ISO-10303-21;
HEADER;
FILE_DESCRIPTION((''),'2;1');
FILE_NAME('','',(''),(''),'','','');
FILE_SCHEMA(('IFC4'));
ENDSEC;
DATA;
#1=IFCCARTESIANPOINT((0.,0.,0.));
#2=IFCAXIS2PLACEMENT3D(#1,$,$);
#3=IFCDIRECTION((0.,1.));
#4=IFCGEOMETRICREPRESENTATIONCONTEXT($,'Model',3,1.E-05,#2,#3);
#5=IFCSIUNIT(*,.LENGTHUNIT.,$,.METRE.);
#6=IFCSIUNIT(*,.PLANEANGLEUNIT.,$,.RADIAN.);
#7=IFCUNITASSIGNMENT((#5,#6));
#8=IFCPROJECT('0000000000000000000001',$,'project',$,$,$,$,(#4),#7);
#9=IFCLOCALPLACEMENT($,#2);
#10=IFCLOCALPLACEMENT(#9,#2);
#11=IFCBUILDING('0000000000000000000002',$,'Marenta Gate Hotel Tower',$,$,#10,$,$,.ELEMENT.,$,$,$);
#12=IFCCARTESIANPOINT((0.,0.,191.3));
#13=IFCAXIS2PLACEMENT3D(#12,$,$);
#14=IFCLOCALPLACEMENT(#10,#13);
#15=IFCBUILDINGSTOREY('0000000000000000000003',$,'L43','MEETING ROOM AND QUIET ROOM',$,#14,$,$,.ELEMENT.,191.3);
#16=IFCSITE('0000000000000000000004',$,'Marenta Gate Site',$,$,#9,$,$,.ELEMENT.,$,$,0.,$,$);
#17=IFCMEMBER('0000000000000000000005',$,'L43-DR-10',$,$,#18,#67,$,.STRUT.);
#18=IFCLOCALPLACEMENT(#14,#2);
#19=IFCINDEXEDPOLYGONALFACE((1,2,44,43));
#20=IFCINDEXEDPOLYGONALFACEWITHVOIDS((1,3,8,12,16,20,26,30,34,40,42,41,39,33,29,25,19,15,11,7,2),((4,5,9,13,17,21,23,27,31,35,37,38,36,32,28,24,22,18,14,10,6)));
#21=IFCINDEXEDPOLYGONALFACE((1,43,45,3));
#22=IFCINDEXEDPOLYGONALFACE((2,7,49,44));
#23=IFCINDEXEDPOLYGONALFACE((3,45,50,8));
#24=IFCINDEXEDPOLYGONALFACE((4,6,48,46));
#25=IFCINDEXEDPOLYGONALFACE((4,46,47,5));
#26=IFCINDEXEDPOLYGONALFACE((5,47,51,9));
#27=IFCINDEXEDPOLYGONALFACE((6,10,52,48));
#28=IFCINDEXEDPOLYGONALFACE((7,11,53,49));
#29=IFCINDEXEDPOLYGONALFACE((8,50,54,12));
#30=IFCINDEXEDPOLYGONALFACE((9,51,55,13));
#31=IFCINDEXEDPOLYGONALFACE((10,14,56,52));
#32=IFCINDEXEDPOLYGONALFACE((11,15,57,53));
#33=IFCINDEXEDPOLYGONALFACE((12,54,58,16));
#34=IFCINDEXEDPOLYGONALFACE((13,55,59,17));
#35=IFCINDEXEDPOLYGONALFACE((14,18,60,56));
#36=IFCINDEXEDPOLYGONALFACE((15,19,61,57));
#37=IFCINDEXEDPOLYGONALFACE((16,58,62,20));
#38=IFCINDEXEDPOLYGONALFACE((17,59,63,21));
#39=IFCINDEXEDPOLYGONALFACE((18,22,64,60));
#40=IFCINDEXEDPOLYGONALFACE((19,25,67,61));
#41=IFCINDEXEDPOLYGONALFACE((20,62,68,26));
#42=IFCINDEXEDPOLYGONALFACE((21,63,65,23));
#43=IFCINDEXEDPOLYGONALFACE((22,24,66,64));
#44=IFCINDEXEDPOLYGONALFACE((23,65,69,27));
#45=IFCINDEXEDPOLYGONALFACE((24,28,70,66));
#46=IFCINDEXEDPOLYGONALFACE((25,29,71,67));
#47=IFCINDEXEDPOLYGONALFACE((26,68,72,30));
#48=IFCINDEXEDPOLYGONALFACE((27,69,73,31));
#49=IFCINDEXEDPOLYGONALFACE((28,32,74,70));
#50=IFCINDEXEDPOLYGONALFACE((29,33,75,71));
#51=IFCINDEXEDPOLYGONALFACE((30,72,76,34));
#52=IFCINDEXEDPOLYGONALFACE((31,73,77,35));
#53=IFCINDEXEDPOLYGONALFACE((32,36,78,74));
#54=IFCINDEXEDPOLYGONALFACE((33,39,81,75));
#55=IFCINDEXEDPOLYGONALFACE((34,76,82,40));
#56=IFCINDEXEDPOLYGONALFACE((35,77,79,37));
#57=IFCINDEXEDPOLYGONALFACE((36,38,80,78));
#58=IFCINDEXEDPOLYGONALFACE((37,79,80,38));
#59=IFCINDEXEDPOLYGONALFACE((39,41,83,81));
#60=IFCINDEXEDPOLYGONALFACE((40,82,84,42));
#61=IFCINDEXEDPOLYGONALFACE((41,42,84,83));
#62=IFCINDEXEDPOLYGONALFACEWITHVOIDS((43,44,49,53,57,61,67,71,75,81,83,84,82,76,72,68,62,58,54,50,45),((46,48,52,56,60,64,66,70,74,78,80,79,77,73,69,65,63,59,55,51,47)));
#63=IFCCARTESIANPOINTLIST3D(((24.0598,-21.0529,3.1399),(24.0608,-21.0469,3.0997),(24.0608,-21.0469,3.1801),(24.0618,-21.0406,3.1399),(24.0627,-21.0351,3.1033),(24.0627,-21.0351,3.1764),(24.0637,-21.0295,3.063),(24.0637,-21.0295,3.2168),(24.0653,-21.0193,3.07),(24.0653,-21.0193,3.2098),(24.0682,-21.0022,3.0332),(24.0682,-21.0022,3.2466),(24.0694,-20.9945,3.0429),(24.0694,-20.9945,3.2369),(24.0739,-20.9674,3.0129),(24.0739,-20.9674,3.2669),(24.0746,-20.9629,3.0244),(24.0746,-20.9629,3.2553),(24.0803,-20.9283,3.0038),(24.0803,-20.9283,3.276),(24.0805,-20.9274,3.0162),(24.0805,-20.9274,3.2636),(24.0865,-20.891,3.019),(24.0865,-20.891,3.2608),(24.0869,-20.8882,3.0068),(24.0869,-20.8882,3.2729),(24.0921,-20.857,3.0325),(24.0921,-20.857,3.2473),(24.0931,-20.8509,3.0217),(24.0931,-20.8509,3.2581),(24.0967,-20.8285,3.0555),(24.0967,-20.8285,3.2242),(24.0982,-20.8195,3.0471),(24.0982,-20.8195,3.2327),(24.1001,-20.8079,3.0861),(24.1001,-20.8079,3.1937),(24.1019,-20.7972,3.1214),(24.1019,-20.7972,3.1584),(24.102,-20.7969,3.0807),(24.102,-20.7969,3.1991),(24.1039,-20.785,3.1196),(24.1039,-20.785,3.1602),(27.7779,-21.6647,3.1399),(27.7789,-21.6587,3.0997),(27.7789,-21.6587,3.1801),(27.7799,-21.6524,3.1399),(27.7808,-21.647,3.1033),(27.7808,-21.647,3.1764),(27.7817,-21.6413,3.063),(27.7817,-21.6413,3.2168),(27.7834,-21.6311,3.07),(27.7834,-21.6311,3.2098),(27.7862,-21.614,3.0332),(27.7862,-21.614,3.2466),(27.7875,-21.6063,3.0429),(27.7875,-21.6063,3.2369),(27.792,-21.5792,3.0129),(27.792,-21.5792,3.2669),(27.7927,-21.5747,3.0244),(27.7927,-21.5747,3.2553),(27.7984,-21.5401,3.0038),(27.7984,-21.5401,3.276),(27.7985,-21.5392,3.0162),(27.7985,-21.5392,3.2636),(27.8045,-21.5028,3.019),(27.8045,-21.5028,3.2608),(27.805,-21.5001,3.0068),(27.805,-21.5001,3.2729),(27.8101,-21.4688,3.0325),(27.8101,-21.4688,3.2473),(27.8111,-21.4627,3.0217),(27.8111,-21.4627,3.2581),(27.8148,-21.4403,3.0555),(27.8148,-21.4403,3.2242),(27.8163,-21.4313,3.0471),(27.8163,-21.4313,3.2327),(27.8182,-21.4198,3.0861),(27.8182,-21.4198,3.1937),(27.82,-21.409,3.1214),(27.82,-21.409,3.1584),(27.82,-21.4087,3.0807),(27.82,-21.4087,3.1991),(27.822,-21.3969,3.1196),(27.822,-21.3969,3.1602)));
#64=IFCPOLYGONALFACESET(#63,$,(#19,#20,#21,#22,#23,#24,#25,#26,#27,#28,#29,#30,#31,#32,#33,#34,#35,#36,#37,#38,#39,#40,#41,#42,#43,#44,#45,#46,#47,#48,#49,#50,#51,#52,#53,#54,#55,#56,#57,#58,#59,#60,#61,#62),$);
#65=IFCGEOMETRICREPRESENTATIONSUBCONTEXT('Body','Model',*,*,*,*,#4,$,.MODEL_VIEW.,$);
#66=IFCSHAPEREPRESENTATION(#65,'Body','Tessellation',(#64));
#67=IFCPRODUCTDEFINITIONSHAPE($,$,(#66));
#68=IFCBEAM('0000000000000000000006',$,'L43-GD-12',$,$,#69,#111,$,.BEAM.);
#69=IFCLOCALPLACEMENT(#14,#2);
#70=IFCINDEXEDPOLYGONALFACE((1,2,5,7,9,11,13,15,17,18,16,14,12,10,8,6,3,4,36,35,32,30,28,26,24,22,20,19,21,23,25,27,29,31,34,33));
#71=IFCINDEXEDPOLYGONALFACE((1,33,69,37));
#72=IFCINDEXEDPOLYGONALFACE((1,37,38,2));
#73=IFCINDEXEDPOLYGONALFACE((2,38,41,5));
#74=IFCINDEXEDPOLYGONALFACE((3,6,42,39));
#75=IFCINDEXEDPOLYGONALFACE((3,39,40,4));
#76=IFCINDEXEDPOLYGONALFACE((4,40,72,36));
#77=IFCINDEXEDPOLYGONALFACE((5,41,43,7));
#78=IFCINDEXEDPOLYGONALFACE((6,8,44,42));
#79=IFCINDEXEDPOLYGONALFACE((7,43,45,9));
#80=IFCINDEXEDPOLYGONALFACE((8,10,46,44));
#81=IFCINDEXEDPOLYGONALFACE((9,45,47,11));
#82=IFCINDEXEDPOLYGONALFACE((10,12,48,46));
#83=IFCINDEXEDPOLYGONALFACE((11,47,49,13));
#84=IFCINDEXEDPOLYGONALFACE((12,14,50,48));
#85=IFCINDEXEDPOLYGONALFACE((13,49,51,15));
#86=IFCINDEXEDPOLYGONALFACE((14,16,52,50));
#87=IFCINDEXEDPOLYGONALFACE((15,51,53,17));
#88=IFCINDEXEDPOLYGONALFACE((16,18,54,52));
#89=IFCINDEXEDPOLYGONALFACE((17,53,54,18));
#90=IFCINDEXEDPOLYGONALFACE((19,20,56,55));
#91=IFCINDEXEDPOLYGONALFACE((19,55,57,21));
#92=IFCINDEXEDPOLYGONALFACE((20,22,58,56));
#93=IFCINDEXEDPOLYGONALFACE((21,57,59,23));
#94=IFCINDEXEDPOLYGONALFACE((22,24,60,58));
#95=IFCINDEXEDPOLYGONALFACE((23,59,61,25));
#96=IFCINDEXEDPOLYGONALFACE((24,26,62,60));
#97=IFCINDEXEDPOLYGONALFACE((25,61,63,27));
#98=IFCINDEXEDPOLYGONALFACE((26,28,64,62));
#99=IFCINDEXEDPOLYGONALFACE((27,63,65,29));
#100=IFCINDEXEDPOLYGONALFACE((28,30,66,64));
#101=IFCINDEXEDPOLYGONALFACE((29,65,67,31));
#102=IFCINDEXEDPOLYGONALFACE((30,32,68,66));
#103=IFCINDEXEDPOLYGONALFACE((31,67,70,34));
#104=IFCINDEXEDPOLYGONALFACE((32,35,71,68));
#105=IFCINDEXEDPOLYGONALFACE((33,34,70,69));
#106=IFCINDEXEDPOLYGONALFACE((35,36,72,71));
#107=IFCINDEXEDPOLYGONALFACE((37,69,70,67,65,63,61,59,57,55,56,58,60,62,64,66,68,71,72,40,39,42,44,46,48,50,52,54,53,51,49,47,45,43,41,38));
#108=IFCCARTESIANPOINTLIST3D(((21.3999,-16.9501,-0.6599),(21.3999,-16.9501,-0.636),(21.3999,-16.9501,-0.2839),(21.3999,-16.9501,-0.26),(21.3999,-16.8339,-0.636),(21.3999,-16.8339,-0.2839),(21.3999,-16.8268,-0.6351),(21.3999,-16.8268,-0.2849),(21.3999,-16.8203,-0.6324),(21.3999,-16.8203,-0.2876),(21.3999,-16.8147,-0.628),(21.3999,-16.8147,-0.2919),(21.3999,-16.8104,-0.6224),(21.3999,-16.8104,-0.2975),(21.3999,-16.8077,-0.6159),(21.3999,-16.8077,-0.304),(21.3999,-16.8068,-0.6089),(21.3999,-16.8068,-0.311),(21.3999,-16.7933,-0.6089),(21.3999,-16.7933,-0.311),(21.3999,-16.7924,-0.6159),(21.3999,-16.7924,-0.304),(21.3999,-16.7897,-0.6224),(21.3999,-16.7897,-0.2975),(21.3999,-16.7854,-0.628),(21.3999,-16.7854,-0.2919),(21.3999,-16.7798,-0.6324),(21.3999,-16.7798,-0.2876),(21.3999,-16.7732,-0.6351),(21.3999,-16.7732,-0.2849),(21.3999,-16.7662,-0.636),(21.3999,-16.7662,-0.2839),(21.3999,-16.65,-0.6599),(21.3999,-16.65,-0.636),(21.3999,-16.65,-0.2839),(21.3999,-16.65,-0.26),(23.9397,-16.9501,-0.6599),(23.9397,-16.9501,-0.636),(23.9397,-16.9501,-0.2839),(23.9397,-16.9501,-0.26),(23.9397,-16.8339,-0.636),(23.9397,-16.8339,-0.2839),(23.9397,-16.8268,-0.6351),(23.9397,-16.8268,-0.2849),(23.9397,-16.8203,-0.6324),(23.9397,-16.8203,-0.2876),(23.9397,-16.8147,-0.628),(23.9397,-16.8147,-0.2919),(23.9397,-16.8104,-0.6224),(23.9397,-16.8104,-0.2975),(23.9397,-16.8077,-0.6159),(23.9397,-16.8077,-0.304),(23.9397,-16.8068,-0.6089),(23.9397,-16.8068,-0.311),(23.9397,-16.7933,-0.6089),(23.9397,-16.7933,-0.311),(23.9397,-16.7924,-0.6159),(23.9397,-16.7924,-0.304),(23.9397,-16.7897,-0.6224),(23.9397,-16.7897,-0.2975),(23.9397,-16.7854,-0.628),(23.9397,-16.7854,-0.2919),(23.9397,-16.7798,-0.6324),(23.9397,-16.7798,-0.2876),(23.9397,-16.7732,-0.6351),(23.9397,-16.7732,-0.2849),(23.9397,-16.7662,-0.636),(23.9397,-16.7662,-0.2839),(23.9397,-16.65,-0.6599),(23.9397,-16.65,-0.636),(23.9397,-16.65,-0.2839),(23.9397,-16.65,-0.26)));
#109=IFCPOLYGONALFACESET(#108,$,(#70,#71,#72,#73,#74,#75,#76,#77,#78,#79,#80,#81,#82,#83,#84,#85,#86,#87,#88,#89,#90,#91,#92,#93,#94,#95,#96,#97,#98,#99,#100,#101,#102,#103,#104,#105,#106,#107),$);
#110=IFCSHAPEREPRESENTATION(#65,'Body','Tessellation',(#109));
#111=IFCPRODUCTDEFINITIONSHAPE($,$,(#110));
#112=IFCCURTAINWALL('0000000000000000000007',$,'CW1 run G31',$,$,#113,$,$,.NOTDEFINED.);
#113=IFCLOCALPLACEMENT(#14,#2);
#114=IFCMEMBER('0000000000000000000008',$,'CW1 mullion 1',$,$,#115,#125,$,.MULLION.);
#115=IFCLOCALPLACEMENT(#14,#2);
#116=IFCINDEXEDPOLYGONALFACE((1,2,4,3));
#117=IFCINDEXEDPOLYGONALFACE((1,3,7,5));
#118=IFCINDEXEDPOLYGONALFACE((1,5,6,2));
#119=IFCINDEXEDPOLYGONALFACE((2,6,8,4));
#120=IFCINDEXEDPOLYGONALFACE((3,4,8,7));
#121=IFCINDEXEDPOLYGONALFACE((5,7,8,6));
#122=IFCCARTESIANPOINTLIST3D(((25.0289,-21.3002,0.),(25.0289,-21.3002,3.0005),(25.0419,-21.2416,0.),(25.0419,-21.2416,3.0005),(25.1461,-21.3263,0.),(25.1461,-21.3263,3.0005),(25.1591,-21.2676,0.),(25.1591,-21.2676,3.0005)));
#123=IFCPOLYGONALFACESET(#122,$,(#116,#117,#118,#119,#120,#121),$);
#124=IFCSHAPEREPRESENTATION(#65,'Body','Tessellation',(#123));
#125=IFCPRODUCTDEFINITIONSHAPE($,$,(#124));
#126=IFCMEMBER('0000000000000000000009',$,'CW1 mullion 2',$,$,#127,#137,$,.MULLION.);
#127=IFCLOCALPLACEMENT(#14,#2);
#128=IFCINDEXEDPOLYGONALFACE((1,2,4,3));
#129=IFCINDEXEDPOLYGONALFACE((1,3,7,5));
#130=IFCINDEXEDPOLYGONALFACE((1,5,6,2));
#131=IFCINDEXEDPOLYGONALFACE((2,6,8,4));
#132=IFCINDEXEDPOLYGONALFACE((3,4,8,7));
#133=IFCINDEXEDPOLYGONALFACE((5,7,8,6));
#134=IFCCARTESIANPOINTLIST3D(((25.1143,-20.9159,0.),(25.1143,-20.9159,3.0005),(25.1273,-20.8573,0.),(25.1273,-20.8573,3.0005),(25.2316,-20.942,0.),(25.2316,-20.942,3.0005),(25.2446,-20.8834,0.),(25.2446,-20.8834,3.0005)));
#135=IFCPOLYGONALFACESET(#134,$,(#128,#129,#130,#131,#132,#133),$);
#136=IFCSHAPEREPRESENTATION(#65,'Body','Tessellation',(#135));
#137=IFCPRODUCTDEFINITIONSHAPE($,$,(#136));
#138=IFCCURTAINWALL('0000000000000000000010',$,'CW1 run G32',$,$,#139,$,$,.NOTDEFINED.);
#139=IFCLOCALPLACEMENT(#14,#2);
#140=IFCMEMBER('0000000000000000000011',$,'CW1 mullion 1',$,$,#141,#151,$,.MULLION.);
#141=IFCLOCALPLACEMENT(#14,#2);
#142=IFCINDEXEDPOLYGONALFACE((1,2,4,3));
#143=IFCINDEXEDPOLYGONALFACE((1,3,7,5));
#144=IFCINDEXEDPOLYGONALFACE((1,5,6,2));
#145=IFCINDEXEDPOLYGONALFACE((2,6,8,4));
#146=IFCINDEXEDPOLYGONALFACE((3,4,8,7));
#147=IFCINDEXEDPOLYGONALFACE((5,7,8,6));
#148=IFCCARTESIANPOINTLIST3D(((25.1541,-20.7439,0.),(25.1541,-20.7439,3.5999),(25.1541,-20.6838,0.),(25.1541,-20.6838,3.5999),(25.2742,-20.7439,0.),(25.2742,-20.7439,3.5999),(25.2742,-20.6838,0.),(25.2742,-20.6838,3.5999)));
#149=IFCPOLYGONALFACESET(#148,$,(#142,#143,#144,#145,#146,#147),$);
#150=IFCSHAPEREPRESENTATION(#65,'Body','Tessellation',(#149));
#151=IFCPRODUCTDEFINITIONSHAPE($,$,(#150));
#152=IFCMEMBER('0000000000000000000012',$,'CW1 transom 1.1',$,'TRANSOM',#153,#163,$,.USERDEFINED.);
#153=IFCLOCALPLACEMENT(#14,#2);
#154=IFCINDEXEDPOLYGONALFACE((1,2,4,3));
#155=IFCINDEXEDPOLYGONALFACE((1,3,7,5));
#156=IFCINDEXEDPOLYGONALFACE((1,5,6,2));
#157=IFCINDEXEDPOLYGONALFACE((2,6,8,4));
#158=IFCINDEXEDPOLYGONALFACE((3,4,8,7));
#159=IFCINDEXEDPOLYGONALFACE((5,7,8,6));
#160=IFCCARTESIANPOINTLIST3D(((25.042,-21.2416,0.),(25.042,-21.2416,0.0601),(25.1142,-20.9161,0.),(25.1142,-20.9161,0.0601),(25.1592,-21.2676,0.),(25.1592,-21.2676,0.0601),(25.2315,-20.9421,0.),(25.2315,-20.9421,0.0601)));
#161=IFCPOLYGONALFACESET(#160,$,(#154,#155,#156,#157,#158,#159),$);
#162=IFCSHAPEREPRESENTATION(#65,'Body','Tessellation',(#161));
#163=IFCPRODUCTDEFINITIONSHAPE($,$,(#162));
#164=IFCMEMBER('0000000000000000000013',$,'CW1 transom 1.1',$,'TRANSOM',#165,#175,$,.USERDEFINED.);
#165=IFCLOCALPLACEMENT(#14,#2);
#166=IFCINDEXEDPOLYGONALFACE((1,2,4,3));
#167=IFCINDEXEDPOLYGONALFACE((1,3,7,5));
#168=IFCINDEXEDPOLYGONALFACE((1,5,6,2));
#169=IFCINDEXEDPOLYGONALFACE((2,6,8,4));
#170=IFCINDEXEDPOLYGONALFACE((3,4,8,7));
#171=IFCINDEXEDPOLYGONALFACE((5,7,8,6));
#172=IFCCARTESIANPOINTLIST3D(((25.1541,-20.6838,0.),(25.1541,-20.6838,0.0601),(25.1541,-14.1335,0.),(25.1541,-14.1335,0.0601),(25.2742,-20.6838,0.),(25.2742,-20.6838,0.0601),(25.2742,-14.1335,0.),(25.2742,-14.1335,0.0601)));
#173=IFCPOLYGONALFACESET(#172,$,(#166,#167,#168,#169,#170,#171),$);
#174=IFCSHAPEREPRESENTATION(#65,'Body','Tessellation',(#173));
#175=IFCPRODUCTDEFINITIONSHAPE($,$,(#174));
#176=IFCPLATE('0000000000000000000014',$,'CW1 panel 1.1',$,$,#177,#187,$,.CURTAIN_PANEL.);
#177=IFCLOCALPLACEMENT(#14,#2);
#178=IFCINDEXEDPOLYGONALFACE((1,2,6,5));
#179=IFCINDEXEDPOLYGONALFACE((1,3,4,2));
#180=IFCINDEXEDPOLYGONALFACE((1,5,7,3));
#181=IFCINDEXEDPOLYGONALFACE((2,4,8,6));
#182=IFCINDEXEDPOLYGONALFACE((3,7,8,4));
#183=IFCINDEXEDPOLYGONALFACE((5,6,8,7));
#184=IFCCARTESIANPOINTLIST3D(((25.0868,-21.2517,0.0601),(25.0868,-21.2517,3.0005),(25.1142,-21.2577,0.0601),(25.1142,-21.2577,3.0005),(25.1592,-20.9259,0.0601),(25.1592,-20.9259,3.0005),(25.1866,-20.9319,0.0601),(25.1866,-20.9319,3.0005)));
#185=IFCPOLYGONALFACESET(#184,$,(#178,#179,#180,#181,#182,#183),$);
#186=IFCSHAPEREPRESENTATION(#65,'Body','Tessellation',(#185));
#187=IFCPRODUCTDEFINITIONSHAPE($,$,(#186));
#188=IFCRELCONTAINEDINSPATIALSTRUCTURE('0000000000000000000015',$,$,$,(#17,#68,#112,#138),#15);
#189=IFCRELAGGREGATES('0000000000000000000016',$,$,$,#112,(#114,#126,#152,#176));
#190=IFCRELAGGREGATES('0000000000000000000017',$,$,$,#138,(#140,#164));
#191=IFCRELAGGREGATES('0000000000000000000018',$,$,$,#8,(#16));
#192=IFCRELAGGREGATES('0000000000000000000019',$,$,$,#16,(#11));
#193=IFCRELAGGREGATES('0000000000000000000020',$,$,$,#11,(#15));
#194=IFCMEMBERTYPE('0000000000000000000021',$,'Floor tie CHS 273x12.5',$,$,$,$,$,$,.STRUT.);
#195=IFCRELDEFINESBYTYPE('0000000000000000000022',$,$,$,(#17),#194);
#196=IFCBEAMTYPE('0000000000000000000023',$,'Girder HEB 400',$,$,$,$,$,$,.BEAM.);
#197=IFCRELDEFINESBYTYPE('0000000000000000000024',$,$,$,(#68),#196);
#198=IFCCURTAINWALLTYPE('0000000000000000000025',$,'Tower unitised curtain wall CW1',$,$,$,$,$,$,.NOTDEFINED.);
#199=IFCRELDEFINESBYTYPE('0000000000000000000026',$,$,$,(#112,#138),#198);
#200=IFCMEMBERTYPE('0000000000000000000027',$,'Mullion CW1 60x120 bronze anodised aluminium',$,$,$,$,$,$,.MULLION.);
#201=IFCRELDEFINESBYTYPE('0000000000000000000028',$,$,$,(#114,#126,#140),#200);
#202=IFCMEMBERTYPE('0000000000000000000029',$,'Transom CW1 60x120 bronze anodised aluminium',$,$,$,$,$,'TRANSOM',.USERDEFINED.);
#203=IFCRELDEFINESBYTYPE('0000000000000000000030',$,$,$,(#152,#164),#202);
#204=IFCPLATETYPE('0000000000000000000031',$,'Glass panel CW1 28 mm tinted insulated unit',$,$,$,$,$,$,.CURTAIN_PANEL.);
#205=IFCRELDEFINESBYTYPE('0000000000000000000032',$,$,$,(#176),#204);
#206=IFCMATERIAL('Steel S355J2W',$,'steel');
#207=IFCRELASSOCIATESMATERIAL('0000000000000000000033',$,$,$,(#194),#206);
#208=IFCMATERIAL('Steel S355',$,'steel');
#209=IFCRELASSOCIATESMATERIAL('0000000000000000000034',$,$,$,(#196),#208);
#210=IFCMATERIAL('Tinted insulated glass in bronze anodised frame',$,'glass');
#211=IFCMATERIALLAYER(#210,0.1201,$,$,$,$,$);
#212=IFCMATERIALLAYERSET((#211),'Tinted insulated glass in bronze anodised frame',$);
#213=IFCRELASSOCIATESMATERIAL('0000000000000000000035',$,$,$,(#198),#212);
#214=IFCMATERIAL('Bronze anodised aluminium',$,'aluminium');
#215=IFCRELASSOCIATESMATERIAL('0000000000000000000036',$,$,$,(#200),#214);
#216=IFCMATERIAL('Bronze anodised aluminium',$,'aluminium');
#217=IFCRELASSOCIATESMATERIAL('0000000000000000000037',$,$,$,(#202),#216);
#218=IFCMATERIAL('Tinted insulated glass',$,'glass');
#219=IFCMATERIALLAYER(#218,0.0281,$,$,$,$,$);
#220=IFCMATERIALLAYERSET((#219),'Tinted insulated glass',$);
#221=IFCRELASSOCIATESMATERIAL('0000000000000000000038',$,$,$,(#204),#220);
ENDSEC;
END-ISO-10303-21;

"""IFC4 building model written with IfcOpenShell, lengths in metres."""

from ifc_helpers import new_model, si_unit, direction, frame, origin, origin_2d, place, context, subcontext, project, spatial, rectangle, hollow_circle, i_section, extrude, material, layer, layer_set, material_profile, profile_set, type_object, element, aggregate, save


model = new_model("IFC4")

# Units and contexts
model_context = context("Model", 3, precision=1e-05, world=origin(), true_north=direction((0.0, 1.0)))
body_context = subcontext(model_context, "Body", "Model", "MODEL_VIEW")
ifc_project = project(units=[si_unit("LENGTHUNIT", "METRE"), si_unit("PLANEANGLEUNIT", "RADIAN")], contexts=[model_context])

# Site, building, storey
site_placement = place(None, origin())
site = spatial("IfcSite", under=ifc_project, at=site_placement, Name="Marenta Gate Site", CompositionType="ELEMENT", RefElevation=0.0)
building_placement = place(site_placement, origin())
building = spatial("IfcBuilding", under=site, at=building_placement, Name="Marenta Gate Hotel Tower", CompositionType="ELEMENT")
storey_placement = place(building_placement, frame((0.0, 0.0, 191.3)))
storey = spatial("IfcBuildingStorey", under=building, at=storey_placement, Name="L43", Description="MEETING ROOM AND QUIET ROOM", CompositionType="ELEMENT", Elevation=191.3)

# Member
ifc_material_1 = material(Name="Steel S355J2W", Category="steel")
ifc_material_profile_1 = material_profile(ifc_material_1, hollow_circle(Radius=0.1365, WallThickness=0.0125, at=origin_2d()), Name="CHS 273x12.5")
ifc_profile_set_1 = profile_set([ifc_material_profile_1], Name="Steel S355J2W")
member_type_1 = type_object("IfcMemberType", Name="Floor tie CHS 273x12.5", PredefinedType="STRUT", material=ifc_profile_set_1)
member_1_placement = place(storey_placement, frame((27.8, -21.53, 3.1399), z_axis=(-0.98673, 0.162371, 0.0), x_axis=(-0.162371, -0.98673, 0.0)))
element("IfcMember", 1, at=member_1_placement, inside=storey, type_object=member_type_1, Name="L43-DR-10", PredefinedType="STRUT", context=body_context, shape_type="SweptSolid", body=[
    extrude(hollow_circle(Radius=0.1365, WallThickness=0.0125, at=origin_2d()), origin(), (0.0, 0.0, 1.0), 3.7681),
])

# Beam
ifc_material_2 = material(Name="Steel S355", Category="steel")
ifc_material_profile_2 = material_profile(ifc_material_2, i_section(OverallWidth=0.3, OverallDepth=0.3999, WebThickness=0.0134, FlangeThickness=0.0239, FilletRadius=0.0271, at=origin_2d()), Name="HEB 400")
ifc_profile_set_2 = profile_set([ifc_material_profile_2], Name="Steel S355")
beam_type_1 = type_object("IfcBeamType", Name="Girder HEB 400", PredefinedType="BEAM", material=ifc_profile_set_2)
beam_1_placement = place(storey_placement, frame((21.3999, -16.8, -0.46), z_axis=(1.0, 0.0, 0.0), x_axis=(0.0, 1.0, 0.0)))
element("IfcBeam", 2, at=beam_1_placement, inside=storey, type_object=beam_type_1, Name="L43-GD-12", PredefinedType="BEAM", context=body_context, shape_type="SweptSolid", body=[
    extrude(i_section(OverallWidth=0.3, OverallDepth=0.3999, WebThickness=0.0134, FlangeThickness=0.0239, FilletRadius=0.0271, at=origin_2d()), origin(), (0.0, 0.0, 1.0), 2.5398),
])

# Curtain wall, members
ifc_material_3 = material(Name="Tinted insulated glass in bronze anodised frame", Category="glass")
ifc_layer_1 = layer(ifc_material_3, 0.1201)
ifc_layer_set_1 = layer_set([ifc_layer_1], Name="Tinted insulated glass in bronze anodised frame")
curtain_wall_type = type_object("IfcCurtainWallType", Name="Tower unitised curtain wall CW1", PredefinedType="NOTDEFINED", material=ifc_layer_set_1)
curtain_wall_1_placement = place(storey_placement, origin())
curtain_wall_1 = element("IfcCurtainWall", 3, at=curtain_wall_1_placement, inside=storey, type_object=curtain_wall_type, Name="CW1 run G31", PredefinedType="NOTDEFINED")
ifc_material_4 = material(Name="Bronze anodised aluminium", Category="aluminium")
ifc_material_profile_3 = material_profile(ifc_material_4, rectangle(XDim=0.1201, YDim=0.0601, at=origin_2d()), Name="Mullion CW1 60x120 bronze anodised aluminium")
ifc_profile_set_3 = profile_set([ifc_material_profile_3], Name="Bronze anodised aluminium")
member_type_2 = type_object("IfcMemberType", Name="Mullion CW1 60x120 bronze anodised aluminium", PredefinedType="MULLION", material=ifc_profile_set_3)
member_2_placement = place(storey_placement, frame((25.094, -21.2839, 0.0), z_axis=(0.0, 0.0, 1.0), x_axis=(-0.976197, 0.216884, 0.0)))
member_2 = element("IfcMember", 4, at=member_2_placement, type_object=member_type_2, Name="CW1 mullion 1", PredefinedType="MULLION", context=body_context, shape_type="SweptSolid", body=[
    extrude(rectangle(XDim=0.1201, YDim=0.0601, at=origin_2d()), origin(), (0.0, 0.0, 1.0), 3.0005),
])
member_3_placement = place(storey_placement, frame((25.1794, -20.8997, 0.0), z_axis=(0.0, 0.0, 1.0), x_axis=(-0.976197, 0.216884, 0.0)))
member_3 = element("IfcMember", 5, at=member_3_placement, type_object=member_type_2, Name="CW1 mullion 2", PredefinedType="MULLION", context=body_context, shape_type="SweptSolid", body=[
    extrude(rectangle(XDim=0.1201, YDim=0.0601, at=origin_2d()), origin(), (0.0, 0.0, 1.0), 3.0005),
])

# Curtain wall, member
curtain_wall_2_placement = place(storey_placement, origin())
curtain_wall_2 = element("IfcCurtainWall", 6, at=curtain_wall_2_placement, inside=storey, type_object=curtain_wall_type, Name="CW1 run G32", PredefinedType="NOTDEFINED")
member_4_placement = place(storey_placement, frame((25.2141, -20.7139, 0.0), z_axis=(0.0, 0.0, 1.0), x_axis=(-1.0, 0.0, 0.0)))
member_4 = element("IfcMember", 7, at=member_4_placement, type_object=member_type_2, Name="CW1 mullion 1", PredefinedType="MULLION", context=body_context, shape_type="SweptSolid", body=[
    extrude(rectangle(XDim=0.1201, YDim=0.0601, at=origin_2d()), origin(), (0.0, 0.0, 1.0), 3.5999),
])

# Members
ifc_material_5 = material(Name="Bronze anodised aluminium", Category="aluminium")
ifc_material_profile_4 = material_profile(ifc_material_5, rectangle(XDim=0.1201, YDim=0.0601, at=origin_2d()), Name="Transom CW1 60x120 bronze anodised aluminium")
ifc_profile_set_4 = profile_set([ifc_material_profile_4], Name="Bronze anodised aluminium")
member_type_3 = type_object("IfcMemberType", Name="Transom CW1 60x120 bronze anodised aluminium", ElementType="TRANSOM", PredefinedType="USERDEFINED", material=ifc_profile_set_4)
member_5_placement = place(storey_placement, frame((25.1006, -21.2546, 0.03), z_axis=(0.21662, 0.976256, 0.0), x_axis=(-0.976256, 0.21662, 0.0)))
member_5 = element("IfcMember", 8, at=member_5_placement, type_object=member_type_3, Name="CW1 transom 1.1", ObjectType="TRANSOM", PredefinedType="USERDEFINED", context=body_context, shape_type="SweptSolid", body=[
    extrude(rectangle(XDim=0.1201, YDim=0.0601, at=origin_2d()), origin(), (0.0, 0.0, 1.0), 0.3335),
])
member_6_placement = place(storey_placement, frame((25.2141, -20.6838, 0.03), z_axis=(0.0, 1.0, 0.0), x_axis=(-1.0, 0.0, 0.0)))
member_6 = element("IfcMember", 9, at=member_6_placement, type_object=member_type_3, Name="CW1 transom 1.1", ObjectType="TRANSOM", PredefinedType="USERDEFINED", context=body_context, shape_type="SweptSolid", body=[
    extrude(rectangle(XDim=0.1201, YDim=0.0601, at=origin_2d()), origin(), (0.0, 0.0, 1.0), 6.5503),
])

# Plate
ifc_material_6 = material(Name="Tinted insulated glass", Category="glass")
ifc_layer_2 = layer(ifc_material_6, 0.0281)
ifc_layer_set_2 = layer_set([ifc_layer_2], Name="Tinted insulated glass")
plate_type = type_object("IfcPlateType", Name="Glass panel CW1 28 mm tinted insulated unit", PredefinedType="CURTAIN_PANEL", material=ifc_layer_set_2)
plate_1_placement = place(storey_placement, frame((25.1367, -21.0918, 0.0601), z_axis=(0.0, 0.0, 1.0), x_axis=(0.216884, 0.976197, 0.0)))
plate_1 = element("IfcPlate", 10, at=plate_1_placement, type_object=plate_type, Name="CW1 panel 1.1", PredefinedType="CURTAIN_PANEL", context=body_context, shape_type="SweptSolid", body=[
    extrude(rectangle(XDim=0.3337, YDim=0.0281, at=origin_2d()), origin(), (0.0, 0.0, 1.0), 2.9404),
])
aggregate(curtain_wall_1, [member_2, member_3, member_5, plate_1])
aggregate(curtain_wall_2, [member_4, member_6])

save(model, "model.ifc")
